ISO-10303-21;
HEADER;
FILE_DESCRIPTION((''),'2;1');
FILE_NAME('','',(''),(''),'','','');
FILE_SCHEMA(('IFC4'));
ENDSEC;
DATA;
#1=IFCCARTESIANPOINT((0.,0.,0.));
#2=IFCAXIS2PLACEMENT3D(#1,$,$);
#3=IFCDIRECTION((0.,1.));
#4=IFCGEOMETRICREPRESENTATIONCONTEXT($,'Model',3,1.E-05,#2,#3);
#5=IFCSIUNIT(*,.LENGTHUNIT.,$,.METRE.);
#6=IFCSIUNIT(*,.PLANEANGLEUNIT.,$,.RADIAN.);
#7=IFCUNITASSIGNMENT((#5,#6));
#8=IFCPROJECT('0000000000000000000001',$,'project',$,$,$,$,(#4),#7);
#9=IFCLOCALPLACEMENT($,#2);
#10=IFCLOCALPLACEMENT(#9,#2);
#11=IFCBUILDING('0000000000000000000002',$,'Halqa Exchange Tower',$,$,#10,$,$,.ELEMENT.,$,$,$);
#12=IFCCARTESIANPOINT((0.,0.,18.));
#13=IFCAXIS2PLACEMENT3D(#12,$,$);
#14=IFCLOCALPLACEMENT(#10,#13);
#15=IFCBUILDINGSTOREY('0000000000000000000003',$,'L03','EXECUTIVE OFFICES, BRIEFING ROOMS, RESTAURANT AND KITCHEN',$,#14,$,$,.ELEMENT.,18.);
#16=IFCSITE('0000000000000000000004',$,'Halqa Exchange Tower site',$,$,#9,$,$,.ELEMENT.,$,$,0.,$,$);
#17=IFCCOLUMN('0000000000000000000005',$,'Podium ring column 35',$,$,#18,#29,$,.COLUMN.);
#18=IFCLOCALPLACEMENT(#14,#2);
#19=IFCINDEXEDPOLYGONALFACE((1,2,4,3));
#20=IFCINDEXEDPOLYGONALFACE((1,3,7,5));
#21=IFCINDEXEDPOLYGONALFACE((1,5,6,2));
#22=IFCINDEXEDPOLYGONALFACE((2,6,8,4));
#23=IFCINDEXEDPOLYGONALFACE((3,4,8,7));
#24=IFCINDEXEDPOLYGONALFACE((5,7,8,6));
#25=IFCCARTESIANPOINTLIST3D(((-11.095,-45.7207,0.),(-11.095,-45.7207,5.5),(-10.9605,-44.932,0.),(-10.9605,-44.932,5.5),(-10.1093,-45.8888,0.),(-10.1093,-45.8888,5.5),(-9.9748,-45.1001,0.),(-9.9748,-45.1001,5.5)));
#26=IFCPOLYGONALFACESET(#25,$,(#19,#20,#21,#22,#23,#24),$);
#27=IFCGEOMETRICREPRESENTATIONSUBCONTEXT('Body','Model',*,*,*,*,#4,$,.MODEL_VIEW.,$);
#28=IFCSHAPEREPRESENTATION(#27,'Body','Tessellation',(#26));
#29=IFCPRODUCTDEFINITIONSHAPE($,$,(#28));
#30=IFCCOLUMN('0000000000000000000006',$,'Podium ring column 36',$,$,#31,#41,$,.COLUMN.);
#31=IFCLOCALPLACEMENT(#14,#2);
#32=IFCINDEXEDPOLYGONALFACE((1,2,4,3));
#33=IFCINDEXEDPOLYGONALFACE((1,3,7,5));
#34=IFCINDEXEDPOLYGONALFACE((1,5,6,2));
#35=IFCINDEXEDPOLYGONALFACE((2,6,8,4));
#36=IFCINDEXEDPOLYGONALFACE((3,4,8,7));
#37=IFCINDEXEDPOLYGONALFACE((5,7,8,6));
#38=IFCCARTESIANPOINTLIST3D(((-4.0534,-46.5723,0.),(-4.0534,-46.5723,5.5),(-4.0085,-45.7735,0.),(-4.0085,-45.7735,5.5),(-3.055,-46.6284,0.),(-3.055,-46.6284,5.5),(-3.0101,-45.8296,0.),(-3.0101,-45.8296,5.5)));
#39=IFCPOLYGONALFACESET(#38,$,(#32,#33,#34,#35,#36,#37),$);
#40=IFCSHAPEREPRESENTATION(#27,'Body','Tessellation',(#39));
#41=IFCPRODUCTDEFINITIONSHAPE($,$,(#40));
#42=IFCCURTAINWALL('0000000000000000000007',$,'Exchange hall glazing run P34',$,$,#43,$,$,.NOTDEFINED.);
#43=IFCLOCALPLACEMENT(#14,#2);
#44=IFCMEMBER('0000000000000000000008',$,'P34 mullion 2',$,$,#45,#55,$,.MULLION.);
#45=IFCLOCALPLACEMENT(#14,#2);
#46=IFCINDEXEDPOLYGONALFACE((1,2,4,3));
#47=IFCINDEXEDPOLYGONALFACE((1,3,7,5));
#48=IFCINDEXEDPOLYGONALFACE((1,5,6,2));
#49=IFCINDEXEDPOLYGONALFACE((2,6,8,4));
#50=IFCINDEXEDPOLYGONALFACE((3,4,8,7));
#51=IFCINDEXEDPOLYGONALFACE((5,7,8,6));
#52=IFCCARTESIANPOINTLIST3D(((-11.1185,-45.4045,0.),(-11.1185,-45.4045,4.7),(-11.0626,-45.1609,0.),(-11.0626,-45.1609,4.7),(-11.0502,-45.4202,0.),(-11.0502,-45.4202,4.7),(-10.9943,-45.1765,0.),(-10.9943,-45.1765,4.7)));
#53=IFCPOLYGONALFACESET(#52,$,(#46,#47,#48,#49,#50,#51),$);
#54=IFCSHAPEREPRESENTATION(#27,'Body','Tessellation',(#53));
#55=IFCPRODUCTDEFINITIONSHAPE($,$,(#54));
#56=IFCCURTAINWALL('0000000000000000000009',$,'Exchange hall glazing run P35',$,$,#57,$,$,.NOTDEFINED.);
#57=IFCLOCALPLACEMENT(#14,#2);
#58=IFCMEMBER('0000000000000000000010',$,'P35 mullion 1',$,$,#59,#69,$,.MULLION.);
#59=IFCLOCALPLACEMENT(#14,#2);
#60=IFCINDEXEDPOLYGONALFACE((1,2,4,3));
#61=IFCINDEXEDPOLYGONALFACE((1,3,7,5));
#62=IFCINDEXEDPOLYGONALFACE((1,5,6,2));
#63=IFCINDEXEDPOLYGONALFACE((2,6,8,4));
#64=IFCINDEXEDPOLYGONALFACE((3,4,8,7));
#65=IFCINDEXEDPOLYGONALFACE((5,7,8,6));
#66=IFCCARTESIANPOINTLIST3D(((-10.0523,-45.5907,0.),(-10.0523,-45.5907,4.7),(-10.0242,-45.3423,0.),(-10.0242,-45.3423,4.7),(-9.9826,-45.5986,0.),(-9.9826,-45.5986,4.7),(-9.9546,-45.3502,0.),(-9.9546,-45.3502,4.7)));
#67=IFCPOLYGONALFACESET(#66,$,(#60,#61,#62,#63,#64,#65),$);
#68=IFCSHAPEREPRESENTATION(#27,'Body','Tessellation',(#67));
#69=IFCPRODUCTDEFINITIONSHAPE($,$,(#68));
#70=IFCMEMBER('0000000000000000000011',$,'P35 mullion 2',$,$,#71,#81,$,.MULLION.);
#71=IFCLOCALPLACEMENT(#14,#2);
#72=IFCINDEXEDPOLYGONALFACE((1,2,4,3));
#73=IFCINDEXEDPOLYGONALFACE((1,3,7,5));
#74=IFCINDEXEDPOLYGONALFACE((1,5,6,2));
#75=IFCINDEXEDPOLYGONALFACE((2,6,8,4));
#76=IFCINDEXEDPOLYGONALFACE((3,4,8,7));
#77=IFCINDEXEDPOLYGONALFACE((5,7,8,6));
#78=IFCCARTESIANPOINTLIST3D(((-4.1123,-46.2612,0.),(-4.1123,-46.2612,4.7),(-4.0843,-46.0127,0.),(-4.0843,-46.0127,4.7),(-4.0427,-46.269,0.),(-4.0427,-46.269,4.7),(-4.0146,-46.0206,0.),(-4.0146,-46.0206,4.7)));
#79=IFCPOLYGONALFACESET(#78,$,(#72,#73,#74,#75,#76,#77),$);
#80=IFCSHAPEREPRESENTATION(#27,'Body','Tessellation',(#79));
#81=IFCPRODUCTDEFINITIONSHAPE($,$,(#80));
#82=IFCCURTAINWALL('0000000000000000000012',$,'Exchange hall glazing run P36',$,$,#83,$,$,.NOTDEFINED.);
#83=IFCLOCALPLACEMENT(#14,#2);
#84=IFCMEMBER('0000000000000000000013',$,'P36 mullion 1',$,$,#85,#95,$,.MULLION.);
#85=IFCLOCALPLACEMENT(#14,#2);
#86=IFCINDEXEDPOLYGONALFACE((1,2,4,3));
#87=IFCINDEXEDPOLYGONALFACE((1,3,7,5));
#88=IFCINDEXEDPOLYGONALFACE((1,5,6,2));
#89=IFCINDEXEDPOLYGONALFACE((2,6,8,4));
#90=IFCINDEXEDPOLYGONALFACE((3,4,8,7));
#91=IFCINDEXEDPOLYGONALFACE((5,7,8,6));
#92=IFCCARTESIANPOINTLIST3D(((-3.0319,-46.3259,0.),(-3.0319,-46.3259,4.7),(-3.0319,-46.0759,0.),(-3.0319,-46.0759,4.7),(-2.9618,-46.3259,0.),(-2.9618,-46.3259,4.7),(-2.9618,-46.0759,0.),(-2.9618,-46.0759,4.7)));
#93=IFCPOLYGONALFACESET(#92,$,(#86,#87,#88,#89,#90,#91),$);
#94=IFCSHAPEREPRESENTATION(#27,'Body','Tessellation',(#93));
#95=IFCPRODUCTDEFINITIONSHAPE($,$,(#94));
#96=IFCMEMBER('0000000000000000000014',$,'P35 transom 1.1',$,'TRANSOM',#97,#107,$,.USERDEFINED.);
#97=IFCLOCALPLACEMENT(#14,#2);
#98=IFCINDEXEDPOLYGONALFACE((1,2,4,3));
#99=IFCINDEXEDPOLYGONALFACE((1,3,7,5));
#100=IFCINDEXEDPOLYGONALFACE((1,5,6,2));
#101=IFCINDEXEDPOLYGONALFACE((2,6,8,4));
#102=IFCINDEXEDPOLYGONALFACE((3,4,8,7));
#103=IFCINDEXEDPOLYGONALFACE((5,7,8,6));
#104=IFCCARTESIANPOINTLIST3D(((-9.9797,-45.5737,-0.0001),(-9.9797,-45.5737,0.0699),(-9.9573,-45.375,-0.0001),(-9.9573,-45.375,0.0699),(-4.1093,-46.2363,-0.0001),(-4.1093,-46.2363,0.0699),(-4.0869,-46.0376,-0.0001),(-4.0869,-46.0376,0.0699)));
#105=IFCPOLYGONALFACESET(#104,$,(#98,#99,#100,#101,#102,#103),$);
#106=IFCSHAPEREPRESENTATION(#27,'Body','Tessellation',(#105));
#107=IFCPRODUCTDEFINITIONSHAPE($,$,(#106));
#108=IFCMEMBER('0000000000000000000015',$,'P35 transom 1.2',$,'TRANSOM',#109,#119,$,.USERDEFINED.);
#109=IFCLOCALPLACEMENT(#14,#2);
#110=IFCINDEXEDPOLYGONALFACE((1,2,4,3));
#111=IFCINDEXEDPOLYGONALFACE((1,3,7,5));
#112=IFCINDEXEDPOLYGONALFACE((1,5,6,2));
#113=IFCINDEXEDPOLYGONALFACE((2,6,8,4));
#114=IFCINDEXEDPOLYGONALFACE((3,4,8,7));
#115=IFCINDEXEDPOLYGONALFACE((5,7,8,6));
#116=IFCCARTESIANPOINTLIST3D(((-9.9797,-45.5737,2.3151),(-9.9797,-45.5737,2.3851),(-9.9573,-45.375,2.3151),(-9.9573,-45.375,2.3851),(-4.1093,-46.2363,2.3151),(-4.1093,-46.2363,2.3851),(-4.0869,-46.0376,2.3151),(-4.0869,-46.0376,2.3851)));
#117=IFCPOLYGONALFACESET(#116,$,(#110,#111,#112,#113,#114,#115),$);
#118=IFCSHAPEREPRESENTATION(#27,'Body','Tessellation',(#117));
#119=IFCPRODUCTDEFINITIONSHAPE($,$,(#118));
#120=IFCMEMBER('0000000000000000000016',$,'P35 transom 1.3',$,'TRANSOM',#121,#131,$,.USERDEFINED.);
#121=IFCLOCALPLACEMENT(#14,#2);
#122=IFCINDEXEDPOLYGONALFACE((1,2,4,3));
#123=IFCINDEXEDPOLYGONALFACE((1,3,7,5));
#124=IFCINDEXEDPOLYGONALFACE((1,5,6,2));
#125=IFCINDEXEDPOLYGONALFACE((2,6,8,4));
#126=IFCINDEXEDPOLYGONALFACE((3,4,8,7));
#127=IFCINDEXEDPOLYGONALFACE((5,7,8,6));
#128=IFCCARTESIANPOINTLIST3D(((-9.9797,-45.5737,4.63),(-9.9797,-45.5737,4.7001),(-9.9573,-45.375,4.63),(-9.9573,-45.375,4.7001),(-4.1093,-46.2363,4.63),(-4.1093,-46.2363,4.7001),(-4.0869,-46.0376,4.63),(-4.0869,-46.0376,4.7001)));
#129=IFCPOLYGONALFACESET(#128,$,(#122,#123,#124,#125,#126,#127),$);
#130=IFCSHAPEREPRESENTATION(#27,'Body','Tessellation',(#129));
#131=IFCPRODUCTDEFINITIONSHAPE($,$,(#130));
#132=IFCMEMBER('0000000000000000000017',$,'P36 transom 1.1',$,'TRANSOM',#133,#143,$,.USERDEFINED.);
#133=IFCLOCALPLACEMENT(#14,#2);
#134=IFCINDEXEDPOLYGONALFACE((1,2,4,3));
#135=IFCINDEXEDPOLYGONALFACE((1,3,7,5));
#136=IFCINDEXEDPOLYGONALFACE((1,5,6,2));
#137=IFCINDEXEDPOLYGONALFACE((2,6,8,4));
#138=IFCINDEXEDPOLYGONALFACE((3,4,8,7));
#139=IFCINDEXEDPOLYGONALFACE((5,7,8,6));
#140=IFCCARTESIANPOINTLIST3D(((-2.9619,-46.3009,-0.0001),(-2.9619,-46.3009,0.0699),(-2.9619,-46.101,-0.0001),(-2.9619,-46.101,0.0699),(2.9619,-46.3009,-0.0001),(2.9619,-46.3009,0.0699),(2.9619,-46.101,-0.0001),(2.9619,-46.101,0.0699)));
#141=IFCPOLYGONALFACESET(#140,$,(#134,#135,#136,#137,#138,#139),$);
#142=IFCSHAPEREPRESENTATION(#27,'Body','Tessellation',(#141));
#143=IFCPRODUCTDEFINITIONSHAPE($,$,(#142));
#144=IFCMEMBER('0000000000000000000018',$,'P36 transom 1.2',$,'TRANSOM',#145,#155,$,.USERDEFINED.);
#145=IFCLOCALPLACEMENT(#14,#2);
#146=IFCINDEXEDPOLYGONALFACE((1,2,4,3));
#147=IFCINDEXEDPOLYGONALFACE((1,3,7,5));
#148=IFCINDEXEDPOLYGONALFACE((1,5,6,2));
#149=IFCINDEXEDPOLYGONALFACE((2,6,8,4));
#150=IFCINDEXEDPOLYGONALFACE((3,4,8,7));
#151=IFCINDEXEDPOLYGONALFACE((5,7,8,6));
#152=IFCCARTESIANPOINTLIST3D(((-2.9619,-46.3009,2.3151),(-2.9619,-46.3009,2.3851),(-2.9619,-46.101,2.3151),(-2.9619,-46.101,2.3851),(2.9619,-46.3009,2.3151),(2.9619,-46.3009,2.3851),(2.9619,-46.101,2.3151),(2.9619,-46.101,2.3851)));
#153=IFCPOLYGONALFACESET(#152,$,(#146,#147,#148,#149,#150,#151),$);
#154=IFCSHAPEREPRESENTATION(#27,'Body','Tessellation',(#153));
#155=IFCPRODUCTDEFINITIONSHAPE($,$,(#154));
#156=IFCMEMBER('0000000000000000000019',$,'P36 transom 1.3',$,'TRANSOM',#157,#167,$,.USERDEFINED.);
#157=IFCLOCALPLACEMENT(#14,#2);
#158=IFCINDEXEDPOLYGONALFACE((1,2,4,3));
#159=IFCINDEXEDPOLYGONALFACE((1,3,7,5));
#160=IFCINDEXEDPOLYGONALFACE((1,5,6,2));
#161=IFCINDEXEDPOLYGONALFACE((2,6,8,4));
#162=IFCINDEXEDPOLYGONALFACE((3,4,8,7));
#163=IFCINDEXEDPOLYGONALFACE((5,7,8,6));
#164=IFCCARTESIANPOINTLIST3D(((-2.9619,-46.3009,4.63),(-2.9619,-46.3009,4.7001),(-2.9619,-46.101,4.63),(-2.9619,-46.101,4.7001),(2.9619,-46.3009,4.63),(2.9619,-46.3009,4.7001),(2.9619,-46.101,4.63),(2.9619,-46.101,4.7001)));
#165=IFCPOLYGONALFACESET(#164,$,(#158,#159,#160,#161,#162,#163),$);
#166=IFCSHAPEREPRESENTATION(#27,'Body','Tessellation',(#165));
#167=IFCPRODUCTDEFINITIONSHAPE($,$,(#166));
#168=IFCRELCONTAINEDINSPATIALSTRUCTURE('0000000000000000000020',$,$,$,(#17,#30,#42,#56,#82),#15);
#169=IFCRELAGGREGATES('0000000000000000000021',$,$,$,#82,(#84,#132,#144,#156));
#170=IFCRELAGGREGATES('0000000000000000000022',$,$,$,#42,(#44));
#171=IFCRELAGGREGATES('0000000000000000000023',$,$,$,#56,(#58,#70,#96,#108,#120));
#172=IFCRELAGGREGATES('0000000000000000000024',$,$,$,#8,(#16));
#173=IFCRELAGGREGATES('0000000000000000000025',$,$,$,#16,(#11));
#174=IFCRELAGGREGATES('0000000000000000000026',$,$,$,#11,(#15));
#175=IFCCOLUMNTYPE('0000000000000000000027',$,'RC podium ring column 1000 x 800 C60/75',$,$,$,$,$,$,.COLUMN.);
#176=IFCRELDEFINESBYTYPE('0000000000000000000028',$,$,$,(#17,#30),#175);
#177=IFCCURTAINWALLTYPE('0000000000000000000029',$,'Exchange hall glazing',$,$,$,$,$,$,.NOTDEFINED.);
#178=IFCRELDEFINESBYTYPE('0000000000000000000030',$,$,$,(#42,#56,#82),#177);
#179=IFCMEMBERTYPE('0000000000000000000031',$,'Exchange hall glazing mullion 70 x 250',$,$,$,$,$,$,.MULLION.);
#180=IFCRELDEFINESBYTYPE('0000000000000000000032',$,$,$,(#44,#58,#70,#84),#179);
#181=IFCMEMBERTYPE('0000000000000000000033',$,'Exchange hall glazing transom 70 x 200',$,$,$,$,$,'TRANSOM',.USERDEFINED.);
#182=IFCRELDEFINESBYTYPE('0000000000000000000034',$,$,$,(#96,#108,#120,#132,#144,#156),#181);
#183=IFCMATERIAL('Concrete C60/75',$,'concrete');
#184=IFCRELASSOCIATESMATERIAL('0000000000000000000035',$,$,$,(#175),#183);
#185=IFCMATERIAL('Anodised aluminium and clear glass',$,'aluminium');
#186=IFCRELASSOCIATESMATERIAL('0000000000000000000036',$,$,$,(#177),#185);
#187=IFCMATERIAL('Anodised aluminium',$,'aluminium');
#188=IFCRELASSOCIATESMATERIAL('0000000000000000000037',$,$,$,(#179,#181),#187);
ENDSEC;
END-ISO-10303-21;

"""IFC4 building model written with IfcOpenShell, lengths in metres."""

from ifc_helpers import new_model, si_unit, direction, frame, origin, origin_2d, place, context, subcontext, project, spatial, rectangle, extrude, material, material_profile, profile_set, type_object, element, aggregate, save


model = new_model("IFC4")

# Units and contexts
model_context = context("Model", 3, precision=1e-05, world=origin(), true_north=direction((0.0, 1.0)))
body_context = subcontext(model_context, "Body", "Model", "MODEL_VIEW")
ifc_project = project(units=[si_unit("LENGTHUNIT", "METRE"), si_unit("PLANEANGLEUNIT", "RADIAN")], contexts=[model_context])

# Site, building, storey
site_placement = place(None, origin())
site = spatial("IfcSite", under=ifc_project, at=site_placement, Name="Halqa Exchange Tower site", CompositionType="ELEMENT", RefElevation=0.0)
building_placement = place(site_placement, origin())
building = spatial("IfcBuilding", under=site, at=building_placement, Name="Halqa Exchange Tower", CompositionType="ELEMENT")
storey_placement = place(building_placement, frame((0.0, 0.0, 18.0)))
storey = spatial("IfcBuildingStorey", under=building, at=storey_placement, Name="L03", Description="EXECUTIVE OFFICES, BRIEFING ROOMS, RESTAURANT AND KITCHEN", CompositionType="ELEMENT", Elevation=18.0)

# Columns
ifc_material_1 = material(Name="Concrete C60/75", Category="concrete")
ifc_material_profile_1 = material_profile(ifc_material_1, rectangle(XDim=1.0, YDim=0.8, at=origin_2d()), Name="1000 x 800")
ifc_profile_set_1 = profile_set([ifc_material_profile_1], Name="Concrete C60/75")
column_type = type_object("IfcColumnType", Name="RC podium ring column 1000 x 800 C60/75", PredefinedType="COLUMN", material=ifc_profile_set_1)
for number, where, z_axis, x_axis, name in (
    (1, (-10.5349, -45.4104, 0.0), (0.0, 0.0, 1.0), (0.985766, -0.168121, 0.0), "Podium ring column 35"),
    (2, (-3.5317, -46.2009, 0.0), (0.0, 0.0, 1.0), (0.998425, -0.056107, 0.0), "Podium ring column 36"),
):
    element("IfcColumn", number, at=place(storey_placement, frame(where, z_axis=z_axis, x_axis=x_axis)), inside=storey, type_object=column_type, Name=name, PredefinedType="COLUMN", context=body_context, shape_type="SweptSolid", body=[
        extrude(rectangle(XDim=1.0, YDim=0.8, at=origin_2d()), origin(), (0.0, 0.0, 1.0), 5.5),
    ])

# Curtain wall, member
ifc_material_2 = material(Name="Anodised aluminium and clear glass", Category="aluminium")
curtain_wall_type = type_object("IfcCurtainWallType", Name="Exchange hall glazing", PredefinedType="NOTDEFINED", material=ifc_material_2)
curtain_wall_1_placement = place(storey_placement, origin())
curtain_wall_1 = element("IfcCurtainWall", 3, at=curtain_wall_1_placement, inside=storey, type_object=curtain_wall_type, Name="Exchange hall glazing run P34", PredefinedType="NOTDEFINED")
ifc_material_3 = material(Name="Anodised aluminium", Category="aluminium")
ifc_material_profile_2 = material_profile(ifc_material_3, rectangle(XDim=0.25, YDim=0.0701, at=origin_2d()), Name="AL 70x250")
ifc_profile_set_2 = profile_set([ifc_material_profile_2], Name="Anodised aluminium")
member_type_1 = type_object("IfcMemberType", Name="Exchange hall glazing mullion 70 x 250", PredefinedType="MULLION", material=ifc_profile_set_2)
member_1_placement = place(storey_placement, frame((-11.0564, -45.2905, 0.0), z_axis=(0.0, 0.0, 1.0), x_axis=(0.223897, 0.974613, 0.0)))
member_1 = element("IfcMember", 4, at=member_1_placement, type_object=member_type_1, Name="P34 mullion 2", PredefinedType="MULLION", context=body_context, shape_type="SweptSolid", body=[
    extrude(rectangle(XDim=0.25, YDim=0.0701, at=origin_2d()), origin(), (0.0, 0.0, 1.0), 4.7),
])

# Curtain wall, members
curtain_wall_2_placement = place(storey_placement, origin())
curtain_wall_2 = element("IfcCurtainWall", 5, at=curtain_wall_2_placement, inside=storey, type_object=curtain_wall_type, Name="Exchange hall glazing run P35", PredefinedType="NOTDEFINED")
member_2_placement = place(storey_placement, frame((-10.0034, -45.4705, 0.0), z_axis=(0.0, 0.0, 1.0), x_axis=(0.112159, 0.99369, 0.0)))
member_2 = element("IfcMember", 6, at=member_2_placement, type_object=member_type_1, Name="P35 mullion 1", PredefinedType="MULLION", context=body_context, shape_type="SweptSolid", body=[
    extrude(rectangle(XDim=0.25, YDim=0.0701, at=origin_2d()), origin(), (0.0, 0.0, 1.0), 4.7),
])
member_3_placement = place(storey_placement, frame((-4.0635, -46.1409, 0.0), z_axis=(0.0, 0.0, 1.0), x_axis=(0.112159, 0.99369, 0.0)))
member_3 = element("IfcMember", 7, at=member_3_placement, type_object=member_type_1, Name="P35 mullion 2", PredefinedType="MULLION", context=body_context, shape_type="SweptSolid", body=[
    extrude(rectangle(XDim=0.25, YDim=0.0701, at=origin_2d()), origin(), (0.0, 0.0, 1.0), 4.7),
])

# Curtain wall, member
curtain_wall_3_placement = place(storey_placement, origin())
curtain_wall_3 = element("IfcCurtainWall", 8, at=curtain_wall_3_placement, inside=storey, type_object=curtain_wall_type, Name="Exchange hall glazing run P36", PredefinedType="NOTDEFINED")
member_4_placement = place(storey_placement, frame((-2.9968, -46.2009, 0.0), z_axis=(0.0, 0.0, 1.0), x_axis=(0.0, 1.0, 0.0)))
member_4 = element("IfcMember", 9, at=member_4_placement, type_object=member_type_1, Name="P36 mullion 1", PredefinedType="MULLION", context=body_context, shape_type="SweptSolid", body=[
    extrude(rectangle(XDim=0.25, YDim=0.0701, at=origin_2d()), origin(), (0.0, 0.0, 1.0), 4.7),
])

# Members
ifc_material_profile_3 = material_profile(ifc_material_3, rectangle(XDim=0.2, YDim=0.0701, at=origin_2d()), Name="AL 70x200")
ifc_profile_set_3 = profile_set([ifc_material_profile_3], Name="Anodised aluminium")
member_type_2 = type_object("IfcMemberType", Name="Exchange hall glazing transom 70 x 200", ElementType="TRANSOM", PredefinedType="USERDEFINED", material=ifc_profile_set_3)
member_5_placement = place(storey_placement, frame((-9.9685, -45.4744, 0.0349), z_axis=(0.99369, -0.11216, 0.0), x_axis=(0.11216, 0.99369, 0.0)))
member_5 = element("IfcMember", 10, at=member_5_placement, type_object=member_type_2, Name="P35 transom 1.1", ObjectType="TRANSOM", PredefinedType="USERDEFINED", context=body_context, shape_type="SweptSolid", body=[
    extrude(rectangle(XDim=0.2, YDim=0.0701, at=origin_2d()), origin(), (0.0, 0.0, 1.0), 5.9077),
])
member_6_placement = place(storey_placement, frame((-9.9685, -45.4744, 2.3501), z_axis=(0.99369, -0.11216, 0.0), x_axis=(0.11216, 0.99369, 0.0)))
member_6 = element("IfcMember", 11, at=member_6_placement, type_object=member_type_2, Name="P35 transom 1.2", ObjectType="TRANSOM", PredefinedType="USERDEFINED", context=body_context, shape_type="SweptSolid", body=[
    extrude(rectangle(XDim=0.2, YDim=0.0701, at=origin_2d()), origin(), (0.0, 0.0, 1.0), 5.9077),
])
member_7_placement = place(storey_placement, frame((-9.9685, -45.4744, 4.665), z_axis=(0.99369, -0.11216, 0.0), x_axis=(0.11216, 0.99369, 0.0)))
member_7 = element("IfcMember", 12, at=member_7_placement, type_object=member_type_2, Name="P35 transom 1.3", ObjectType="TRANSOM", PredefinedType="USERDEFINED", context=body_context, shape_type="SweptSolid", body=[
    extrude(rectangle(XDim=0.2, YDim=0.0701, at=origin_2d()), origin(), (0.0, 0.0, 1.0), 5.9077),
])
member_8_placement = place(storey_placement, frame((-2.9619, -46.2009, 0.0349), z_axis=(1.0, 0.0, 0.0), x_axis=(0.0, 1.0, 0.0)))
member_8 = element("IfcMember", 13, at=member_8_placement, type_object=member_type_2, Name="P36 transom 1.1", ObjectType="TRANSOM", PredefinedType="USERDEFINED", context=body_context, shape_type="SweptSolid", body=[
    extrude(rectangle(XDim=0.2, YDim=0.0701, at=origin_2d()), origin(), (0.0, 0.0, 1.0), 5.9238),
])
member_9_placement = place(storey_placement, frame((-2.9619, -46.2009, 2.3501), z_axis=(1.0, 0.0, 0.0), x_axis=(0.0, 1.0, 0.0)))
member_9 = element("IfcMember", 14, at=member_9_placement, type_object=member_type_2, Name="P36 transom 1.2", ObjectType="TRANSOM", PredefinedType="USERDEFINED", context=body_context, shape_type="SweptSolid", body=[
    extrude(rectangle(XDim=0.2, YDim=0.0701, at=origin_2d()), origin(), (0.0, 0.0, 1.0), 5.9238),
])
member_10_placement = place(storey_placement, frame((-2.9619, -46.2009, 4.665), z_axis=(1.0, 0.0, 0.0), x_axis=(0.0, 1.0, 0.0)))
member_10 = element("IfcMember", 15, at=member_10_placement, type_object=member_type_2, Name="P36 transom 1.3", ObjectType="TRANSOM", PredefinedType="USERDEFINED", context=body_context, shape_type="SweptSolid", body=[
    extrude(rectangle(XDim=0.2, YDim=0.0701, at=origin_2d()), origin(), (0.0, 0.0, 1.0), 5.9238),
])
aggregate(curtain_wall_3, [member_4, member_8, member_9, member_10])

aggregate(curtain_wall_1, [member_1])
aggregate(curtain_wall_2, [member_2, member_3, member_5, member_6, member_7])

save(model, "model.ifc")
